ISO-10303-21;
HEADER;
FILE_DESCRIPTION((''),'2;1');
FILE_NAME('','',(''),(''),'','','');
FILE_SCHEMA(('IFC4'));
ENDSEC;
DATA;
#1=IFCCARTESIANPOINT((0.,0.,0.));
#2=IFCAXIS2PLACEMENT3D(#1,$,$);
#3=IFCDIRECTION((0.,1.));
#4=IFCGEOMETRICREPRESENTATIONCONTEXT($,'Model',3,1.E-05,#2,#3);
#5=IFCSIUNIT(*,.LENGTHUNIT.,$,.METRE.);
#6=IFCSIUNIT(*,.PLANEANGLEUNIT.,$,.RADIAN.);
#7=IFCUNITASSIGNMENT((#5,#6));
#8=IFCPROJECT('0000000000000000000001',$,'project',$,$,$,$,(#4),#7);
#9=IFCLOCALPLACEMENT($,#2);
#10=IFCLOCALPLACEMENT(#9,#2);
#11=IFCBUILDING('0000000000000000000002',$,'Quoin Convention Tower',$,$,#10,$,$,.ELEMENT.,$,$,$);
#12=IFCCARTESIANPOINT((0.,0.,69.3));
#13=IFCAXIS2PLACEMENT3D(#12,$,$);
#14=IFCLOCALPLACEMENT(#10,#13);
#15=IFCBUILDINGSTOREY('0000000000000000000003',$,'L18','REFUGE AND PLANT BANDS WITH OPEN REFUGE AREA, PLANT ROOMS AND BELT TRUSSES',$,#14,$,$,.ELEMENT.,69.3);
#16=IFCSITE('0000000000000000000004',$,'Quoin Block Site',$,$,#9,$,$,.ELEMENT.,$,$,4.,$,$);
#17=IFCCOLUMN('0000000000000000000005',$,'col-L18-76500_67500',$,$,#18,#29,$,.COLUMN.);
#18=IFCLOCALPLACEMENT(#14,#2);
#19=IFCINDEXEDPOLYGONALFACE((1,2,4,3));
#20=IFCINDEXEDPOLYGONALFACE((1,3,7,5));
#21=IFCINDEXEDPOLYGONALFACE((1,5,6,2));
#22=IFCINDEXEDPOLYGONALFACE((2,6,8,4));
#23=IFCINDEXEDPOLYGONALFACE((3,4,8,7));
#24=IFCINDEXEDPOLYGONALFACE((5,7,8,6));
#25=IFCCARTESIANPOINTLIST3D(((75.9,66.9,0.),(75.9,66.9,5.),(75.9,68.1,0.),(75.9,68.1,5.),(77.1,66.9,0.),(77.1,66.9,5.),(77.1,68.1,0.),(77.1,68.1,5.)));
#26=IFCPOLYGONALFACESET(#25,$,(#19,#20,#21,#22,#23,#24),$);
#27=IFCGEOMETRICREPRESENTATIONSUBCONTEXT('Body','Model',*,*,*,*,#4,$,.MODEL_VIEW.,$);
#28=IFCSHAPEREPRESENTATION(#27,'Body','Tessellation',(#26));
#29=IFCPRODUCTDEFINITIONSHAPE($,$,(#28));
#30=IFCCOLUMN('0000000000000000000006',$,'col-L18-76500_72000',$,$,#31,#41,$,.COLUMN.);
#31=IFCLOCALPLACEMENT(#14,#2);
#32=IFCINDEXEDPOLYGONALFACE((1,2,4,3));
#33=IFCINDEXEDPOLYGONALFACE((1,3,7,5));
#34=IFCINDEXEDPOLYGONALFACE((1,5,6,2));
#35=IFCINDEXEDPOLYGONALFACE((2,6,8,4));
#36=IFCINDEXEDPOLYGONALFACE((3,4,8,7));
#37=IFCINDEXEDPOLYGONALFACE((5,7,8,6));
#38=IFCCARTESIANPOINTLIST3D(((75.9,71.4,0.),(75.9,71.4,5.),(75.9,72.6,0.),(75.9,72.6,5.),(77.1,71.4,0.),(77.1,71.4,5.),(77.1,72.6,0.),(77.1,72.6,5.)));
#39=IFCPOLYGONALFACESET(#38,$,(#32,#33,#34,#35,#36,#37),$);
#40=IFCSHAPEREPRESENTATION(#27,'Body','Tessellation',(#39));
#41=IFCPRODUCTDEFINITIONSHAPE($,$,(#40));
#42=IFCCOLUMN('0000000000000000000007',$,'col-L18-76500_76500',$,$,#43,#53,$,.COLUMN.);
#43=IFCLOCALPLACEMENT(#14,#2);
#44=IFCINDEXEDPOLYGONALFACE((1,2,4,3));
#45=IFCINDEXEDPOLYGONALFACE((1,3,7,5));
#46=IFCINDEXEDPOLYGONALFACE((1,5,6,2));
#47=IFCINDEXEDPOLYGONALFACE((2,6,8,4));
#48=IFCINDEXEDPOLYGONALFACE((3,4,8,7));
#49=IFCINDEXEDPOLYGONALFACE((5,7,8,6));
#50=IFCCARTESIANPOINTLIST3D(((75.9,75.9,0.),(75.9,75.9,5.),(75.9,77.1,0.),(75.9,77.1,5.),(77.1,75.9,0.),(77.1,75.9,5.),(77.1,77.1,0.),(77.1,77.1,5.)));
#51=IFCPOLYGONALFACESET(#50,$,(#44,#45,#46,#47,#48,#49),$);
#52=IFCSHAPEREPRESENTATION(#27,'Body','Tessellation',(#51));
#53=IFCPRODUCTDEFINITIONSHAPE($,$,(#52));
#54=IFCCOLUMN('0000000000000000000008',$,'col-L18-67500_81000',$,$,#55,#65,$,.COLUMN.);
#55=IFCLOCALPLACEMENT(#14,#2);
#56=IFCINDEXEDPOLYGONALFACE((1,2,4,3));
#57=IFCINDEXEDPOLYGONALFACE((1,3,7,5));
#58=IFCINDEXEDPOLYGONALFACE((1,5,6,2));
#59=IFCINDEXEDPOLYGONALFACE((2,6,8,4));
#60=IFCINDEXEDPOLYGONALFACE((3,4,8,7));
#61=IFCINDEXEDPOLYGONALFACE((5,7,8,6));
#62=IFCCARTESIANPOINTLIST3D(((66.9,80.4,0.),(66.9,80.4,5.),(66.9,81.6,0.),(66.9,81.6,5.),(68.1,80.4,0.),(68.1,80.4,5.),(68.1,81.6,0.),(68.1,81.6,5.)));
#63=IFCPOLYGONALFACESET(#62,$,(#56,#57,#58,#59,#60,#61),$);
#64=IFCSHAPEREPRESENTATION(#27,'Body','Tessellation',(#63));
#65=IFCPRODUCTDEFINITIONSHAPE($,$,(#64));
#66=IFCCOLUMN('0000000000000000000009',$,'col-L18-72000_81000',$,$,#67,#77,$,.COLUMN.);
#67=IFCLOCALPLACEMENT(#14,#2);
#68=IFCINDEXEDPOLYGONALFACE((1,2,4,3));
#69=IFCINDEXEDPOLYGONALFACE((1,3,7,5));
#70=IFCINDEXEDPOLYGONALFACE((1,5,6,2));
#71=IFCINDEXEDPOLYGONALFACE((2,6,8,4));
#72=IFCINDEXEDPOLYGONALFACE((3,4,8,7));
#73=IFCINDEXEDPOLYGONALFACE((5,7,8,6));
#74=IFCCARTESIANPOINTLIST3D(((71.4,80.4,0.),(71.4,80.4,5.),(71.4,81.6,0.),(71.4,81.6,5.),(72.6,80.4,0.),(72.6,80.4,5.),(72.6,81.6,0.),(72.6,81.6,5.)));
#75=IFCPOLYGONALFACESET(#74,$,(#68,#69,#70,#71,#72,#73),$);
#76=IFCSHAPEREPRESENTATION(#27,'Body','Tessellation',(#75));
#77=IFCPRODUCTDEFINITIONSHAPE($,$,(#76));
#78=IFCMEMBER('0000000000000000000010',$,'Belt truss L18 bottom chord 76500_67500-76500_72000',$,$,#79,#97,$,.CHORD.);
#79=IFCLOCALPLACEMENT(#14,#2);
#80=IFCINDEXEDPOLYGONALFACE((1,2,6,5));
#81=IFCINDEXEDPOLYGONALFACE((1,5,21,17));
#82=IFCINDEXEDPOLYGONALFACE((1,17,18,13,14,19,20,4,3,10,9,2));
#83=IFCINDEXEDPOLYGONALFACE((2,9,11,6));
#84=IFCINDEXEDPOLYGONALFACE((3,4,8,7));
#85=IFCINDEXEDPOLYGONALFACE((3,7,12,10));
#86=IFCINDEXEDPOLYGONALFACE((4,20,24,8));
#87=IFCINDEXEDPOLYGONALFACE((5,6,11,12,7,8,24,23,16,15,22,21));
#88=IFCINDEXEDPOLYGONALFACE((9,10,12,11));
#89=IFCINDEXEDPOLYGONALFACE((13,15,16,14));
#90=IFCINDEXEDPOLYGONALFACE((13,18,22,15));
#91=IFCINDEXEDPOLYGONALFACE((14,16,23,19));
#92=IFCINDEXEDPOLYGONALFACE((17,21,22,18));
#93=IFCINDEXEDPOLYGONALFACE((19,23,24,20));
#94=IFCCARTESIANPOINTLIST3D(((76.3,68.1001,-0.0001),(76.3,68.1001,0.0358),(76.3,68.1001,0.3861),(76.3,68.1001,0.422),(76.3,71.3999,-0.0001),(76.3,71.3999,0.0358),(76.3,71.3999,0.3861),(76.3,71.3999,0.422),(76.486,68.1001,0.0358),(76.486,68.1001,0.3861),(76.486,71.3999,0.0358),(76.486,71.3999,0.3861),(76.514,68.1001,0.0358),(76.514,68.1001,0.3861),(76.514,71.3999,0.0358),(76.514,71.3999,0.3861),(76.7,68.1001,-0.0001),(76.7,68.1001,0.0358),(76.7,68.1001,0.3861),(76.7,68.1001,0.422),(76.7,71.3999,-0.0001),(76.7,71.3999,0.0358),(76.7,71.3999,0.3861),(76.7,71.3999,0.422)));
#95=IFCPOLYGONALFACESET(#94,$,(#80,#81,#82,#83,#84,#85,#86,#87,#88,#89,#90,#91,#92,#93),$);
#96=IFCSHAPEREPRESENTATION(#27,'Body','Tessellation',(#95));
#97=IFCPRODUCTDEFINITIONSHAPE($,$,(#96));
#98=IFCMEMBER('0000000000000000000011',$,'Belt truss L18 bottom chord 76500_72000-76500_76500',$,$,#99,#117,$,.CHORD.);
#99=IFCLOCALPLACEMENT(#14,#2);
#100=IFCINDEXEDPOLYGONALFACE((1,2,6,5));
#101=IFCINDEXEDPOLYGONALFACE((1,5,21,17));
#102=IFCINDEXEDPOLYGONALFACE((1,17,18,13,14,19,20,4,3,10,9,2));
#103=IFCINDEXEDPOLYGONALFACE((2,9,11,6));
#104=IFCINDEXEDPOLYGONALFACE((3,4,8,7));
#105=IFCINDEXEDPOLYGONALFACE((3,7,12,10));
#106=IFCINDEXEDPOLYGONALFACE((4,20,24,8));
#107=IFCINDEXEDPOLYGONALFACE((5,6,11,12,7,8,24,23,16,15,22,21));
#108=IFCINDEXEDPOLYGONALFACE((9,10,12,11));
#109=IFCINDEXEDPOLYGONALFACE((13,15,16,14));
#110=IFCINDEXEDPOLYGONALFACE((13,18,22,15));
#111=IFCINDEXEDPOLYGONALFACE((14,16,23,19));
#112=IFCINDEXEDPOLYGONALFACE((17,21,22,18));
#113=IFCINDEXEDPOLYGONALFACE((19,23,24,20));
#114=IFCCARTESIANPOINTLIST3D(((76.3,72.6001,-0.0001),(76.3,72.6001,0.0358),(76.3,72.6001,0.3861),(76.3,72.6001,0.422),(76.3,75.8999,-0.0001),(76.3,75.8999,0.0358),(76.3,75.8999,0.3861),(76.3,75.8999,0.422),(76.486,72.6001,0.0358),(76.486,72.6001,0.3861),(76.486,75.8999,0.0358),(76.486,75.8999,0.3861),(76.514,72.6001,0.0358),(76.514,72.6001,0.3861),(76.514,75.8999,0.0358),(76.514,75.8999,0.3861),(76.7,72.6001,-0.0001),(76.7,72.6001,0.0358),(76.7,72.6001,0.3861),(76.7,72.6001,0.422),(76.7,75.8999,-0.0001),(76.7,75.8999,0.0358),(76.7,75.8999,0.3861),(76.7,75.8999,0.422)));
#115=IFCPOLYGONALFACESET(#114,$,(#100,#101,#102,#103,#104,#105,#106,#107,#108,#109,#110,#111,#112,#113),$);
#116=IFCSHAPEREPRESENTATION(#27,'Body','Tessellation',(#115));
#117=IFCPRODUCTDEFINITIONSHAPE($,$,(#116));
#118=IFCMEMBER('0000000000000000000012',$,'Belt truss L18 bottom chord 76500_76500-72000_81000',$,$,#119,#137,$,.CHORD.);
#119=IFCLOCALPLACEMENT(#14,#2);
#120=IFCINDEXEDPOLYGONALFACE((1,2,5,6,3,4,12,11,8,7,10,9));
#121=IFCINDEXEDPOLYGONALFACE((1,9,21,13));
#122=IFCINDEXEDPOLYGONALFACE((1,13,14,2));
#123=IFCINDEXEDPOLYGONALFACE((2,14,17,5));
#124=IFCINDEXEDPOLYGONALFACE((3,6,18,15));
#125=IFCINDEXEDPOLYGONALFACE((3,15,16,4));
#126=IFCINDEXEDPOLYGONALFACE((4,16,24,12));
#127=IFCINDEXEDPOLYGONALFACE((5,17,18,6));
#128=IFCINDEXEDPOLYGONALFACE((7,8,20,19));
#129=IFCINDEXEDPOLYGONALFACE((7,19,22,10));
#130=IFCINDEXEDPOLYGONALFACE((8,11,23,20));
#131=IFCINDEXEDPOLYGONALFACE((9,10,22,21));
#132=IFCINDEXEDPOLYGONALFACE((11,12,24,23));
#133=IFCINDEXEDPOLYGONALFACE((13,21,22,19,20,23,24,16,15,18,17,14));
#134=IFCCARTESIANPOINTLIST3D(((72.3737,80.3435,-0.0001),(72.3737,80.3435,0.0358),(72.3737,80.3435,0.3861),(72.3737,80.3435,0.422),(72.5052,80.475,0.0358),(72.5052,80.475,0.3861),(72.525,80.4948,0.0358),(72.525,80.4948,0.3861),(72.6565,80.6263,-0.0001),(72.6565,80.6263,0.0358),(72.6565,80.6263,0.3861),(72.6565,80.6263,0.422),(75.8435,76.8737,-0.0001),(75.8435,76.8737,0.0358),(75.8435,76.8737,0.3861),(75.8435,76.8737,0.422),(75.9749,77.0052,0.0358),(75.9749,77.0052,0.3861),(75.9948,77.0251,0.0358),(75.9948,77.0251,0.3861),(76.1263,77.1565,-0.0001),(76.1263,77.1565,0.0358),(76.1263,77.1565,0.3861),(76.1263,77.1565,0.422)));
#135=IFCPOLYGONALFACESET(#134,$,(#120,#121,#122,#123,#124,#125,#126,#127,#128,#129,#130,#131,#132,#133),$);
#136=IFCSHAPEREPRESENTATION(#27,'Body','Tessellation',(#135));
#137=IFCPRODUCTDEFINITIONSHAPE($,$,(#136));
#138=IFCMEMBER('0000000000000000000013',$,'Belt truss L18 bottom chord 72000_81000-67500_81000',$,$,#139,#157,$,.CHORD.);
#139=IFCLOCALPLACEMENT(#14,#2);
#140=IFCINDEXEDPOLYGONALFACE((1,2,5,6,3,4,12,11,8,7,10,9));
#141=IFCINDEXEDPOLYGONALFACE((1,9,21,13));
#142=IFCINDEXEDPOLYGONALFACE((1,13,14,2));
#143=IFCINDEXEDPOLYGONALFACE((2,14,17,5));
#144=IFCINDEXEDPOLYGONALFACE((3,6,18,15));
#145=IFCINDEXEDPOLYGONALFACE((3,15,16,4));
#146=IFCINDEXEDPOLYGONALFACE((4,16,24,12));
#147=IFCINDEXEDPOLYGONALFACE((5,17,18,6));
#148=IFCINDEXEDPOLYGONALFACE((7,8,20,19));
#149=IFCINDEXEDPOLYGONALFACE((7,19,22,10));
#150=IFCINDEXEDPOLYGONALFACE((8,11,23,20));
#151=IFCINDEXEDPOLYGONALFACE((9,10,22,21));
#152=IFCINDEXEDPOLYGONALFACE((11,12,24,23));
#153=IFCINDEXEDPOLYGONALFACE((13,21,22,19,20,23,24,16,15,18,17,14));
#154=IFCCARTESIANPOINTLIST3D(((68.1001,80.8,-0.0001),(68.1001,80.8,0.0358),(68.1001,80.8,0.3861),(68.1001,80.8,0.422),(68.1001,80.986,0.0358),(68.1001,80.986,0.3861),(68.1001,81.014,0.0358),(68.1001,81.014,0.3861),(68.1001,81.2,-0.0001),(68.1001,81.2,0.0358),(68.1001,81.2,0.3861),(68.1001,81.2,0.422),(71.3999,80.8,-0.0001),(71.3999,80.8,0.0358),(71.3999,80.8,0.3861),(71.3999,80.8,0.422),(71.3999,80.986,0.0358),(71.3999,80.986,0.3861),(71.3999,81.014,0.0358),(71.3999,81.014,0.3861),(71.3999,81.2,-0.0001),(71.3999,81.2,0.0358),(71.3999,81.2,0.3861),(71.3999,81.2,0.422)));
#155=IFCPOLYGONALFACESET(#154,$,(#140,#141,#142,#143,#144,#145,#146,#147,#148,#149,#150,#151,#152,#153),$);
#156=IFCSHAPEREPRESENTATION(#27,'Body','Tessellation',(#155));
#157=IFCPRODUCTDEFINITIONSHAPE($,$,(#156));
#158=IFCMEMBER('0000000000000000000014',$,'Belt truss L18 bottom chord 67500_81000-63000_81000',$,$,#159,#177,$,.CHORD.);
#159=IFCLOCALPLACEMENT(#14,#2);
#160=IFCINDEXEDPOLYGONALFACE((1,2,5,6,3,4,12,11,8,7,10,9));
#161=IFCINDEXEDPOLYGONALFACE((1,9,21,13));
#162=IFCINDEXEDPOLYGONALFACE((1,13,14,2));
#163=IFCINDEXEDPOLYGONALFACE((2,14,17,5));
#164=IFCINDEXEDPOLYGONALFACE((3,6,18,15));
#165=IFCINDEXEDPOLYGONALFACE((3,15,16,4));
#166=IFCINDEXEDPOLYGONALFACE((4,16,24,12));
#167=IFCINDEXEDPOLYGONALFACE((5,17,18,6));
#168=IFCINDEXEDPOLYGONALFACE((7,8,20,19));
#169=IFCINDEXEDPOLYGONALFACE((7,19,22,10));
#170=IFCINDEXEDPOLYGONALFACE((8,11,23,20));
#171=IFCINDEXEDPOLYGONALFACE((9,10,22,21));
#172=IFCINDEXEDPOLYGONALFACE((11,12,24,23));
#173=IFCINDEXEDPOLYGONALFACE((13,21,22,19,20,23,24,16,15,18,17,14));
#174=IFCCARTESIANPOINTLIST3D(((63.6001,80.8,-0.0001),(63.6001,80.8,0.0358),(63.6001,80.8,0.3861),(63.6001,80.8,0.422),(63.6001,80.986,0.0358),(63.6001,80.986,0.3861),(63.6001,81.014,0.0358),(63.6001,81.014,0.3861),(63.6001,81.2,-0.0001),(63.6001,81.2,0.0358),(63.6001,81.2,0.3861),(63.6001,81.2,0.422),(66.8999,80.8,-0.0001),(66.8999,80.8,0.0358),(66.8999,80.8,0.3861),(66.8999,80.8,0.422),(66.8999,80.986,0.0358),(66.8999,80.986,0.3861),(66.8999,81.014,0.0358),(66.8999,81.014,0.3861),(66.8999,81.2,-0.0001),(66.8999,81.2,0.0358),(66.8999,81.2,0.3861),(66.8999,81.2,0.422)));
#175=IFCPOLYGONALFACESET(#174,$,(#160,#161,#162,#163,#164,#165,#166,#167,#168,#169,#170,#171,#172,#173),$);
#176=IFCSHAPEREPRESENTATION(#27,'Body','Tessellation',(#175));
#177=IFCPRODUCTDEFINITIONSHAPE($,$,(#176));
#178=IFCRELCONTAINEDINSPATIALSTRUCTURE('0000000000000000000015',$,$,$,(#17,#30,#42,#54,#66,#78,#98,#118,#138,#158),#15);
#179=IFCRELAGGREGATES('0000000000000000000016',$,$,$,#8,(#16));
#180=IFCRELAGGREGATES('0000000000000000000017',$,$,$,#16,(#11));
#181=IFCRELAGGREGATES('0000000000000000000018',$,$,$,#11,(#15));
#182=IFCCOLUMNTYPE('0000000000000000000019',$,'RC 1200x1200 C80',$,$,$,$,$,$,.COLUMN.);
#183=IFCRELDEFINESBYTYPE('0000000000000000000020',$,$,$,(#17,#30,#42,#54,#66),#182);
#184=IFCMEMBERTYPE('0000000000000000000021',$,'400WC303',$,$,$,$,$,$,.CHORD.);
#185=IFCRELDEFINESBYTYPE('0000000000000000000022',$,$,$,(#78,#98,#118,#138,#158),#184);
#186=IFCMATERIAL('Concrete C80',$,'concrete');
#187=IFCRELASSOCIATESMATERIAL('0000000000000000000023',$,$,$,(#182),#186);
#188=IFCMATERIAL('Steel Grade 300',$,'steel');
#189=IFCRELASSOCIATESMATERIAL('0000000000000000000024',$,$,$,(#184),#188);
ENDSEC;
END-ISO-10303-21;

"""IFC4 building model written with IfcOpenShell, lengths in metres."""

from ifc_helpers import new_model, si_unit, direction, frame, origin, origin_2d, place, context, subcontext, project, spatial, rectangle, i_section, extrude, material, material_profile, profile_set, type_object, element, save


model = new_model("IFC4")

# Units and contexts
model_context = context("Model", 3, precision=1e-05, world=origin(), true_north=direction((0.0, 1.0)))
body_context = subcontext(model_context, "Body", "Model", "MODEL_VIEW")
ifc_project = project(units=[si_unit("LENGTHUNIT", "METRE"), si_unit("PLANEANGLEUNIT", "RADIAN")], contexts=[model_context])

# Site, building, storey
site_placement = place(None, origin())
site = spatial("IfcSite", under=ifc_project, at=site_placement, Name="Quoin Block Site", CompositionType="ELEMENT", RefElevation=4.0)
building_placement = place(site_placement, origin())
building = spatial("IfcBuilding", under=site, at=building_placement, Name="Quoin Convention Tower", CompositionType="ELEMENT")
storey_placement = place(building_placement, frame((0.0, 0.0, 69.3)))
storey = spatial("IfcBuildingStorey", under=building, at=storey_placement, Name="L18", Description="REFUGE AND PLANT BANDS WITH OPEN REFUGE AREA, PLANT ROOMS AND BELT TRUSSES", CompositionType="ELEMENT", Elevation=69.3)

# Columns
ifc_material_1 = material(Name="Concrete C80", Category="concrete")
ifc_material_profile_1 = material_profile(ifc_material_1, rectangle(XDim=1.2, YDim=1.2, at=origin_2d()), Name="RC 1200x1200")
ifc_profile_set_1 = profile_set([ifc_material_profile_1], Name="Concrete C80")
column_type = type_object("IfcColumnType", Name="RC 1200x1200 C80", PredefinedType="COLUMN", material=ifc_profile_set_1)
for number, where, z_axis, x_axis, name in (
    (1, (76.5, 67.5, 0.0), (0.0, 0.0, 1.0), (1.0, 0.0, 0.0), "col-L18-76500_67500"),
    (2, (76.5, 72.0, 0.0), (0.0, 0.0, 1.0), (1.0, 0.0, 0.0), "col-L18-76500_72000"),
    (3, (76.5, 76.5, 0.0), (0.0, 0.0, 1.0), (1.0, 0.0, 0.0), "col-L18-76500_76500"),
    (4, (67.5, 81.0, 0.0), (0.0, 0.0, 1.0), (1.0, 0.0, 0.0), "col-L18-67500_81000"),
    (5, (72.0, 81.0, 0.0), (0.0, 0.0, 1.0), (1.0, 0.0, 0.0), "col-L18-72000_81000"),
):
    element("IfcColumn", number, at=place(storey_placement, frame(where, z_axis=z_axis, x_axis=x_axis)), inside=storey, type_object=column_type, Name=name, PredefinedType="COLUMN", context=body_context, shape_type="SweptSolid", body=[
        extrude(rectangle(XDim=1.2, YDim=1.2, at=origin_2d()), origin(), (0.0, 0.0, 1.0), 5.0),
    ])

# Members
ifc_material_2 = material(Name="Steel Grade 300", Category="steel")
ifc_material_profile_2 = material_profile(ifc_material_2, i_section(OverallWidth=0.3999, OverallDepth=0.4221, WebThickness=0.0281, FlangeThickness=0.0359, at=origin_2d()), Name="400WC303")
ifc_profile_set_2 = profile_set([ifc_material_profile_2], Name="Steel Grade 300")
member_type_1 = type_object("IfcMemberType", Name="400WC303", PredefinedType="CHORD", material=ifc_profile_set_2)
for number, where, z_axis, x_axis, name in (
    (6, (76.5, 68.1001, 0.2109), (0.0, 1.0, 0.0), (-1.0, 0.0, 0.0), "Belt truss L18 bottom chord 76500_67500-76500_72000"),
    (7, (76.5, 72.6001, 0.2109), (0.0, 1.0, 0.0), (-1.0, 0.0, 0.0), "Belt truss L18 bottom chord 76500_72000-76500_76500"),
):
    element("IfcMember", number, at=place(storey_placement, frame(where, z_axis=z_axis, x_axis=x_axis)), inside=storey, type_object=member_type_1, Name=name, PredefinedType="CHORD", context=body_context, shape_type="SweptSolid", body=[
        extrude(i_section(OverallWidth=0.3999, OverallDepth=0.4221, WebThickness=0.0281, FlangeThickness=0.0359, at=origin_2d()), origin(), (0.0, 0.0, 1.0), 3.2998),
    ])
member_1_placement = place(storey_placement, frame((75.9849, 77.0151, 0.2109), z_axis=(-0.707107, 0.707107, 0.0), x_axis=(-0.707107, -0.707107, 0.0)))
element("IfcMember", 8, at=member_1_placement, inside=storey, type_object=member_type_1, Name="Belt truss L18 bottom chord 76500_76500-72000_81000", PredefinedType="CHORD", context=body_context, shape_type="SweptSolid", body=[
    extrude(i_section(OverallWidth=0.3999, OverallDepth=0.4221, WebThickness=0.0281, FlangeThickness=0.0359, at=origin_2d()), origin(), (0.0, 0.0, 1.0), 4.907),
])
for number, where, z_axis, x_axis, name in (
    (9, (71.3999, 81.0, 0.2109), (-1.0, 0.0, 0.0), (0.0, -1.0, 0.0), "Belt truss L18 bottom chord 72000_81000-67500_81000"),
    (10, (66.8999, 81.0, 0.2109), (-1.0, 0.0, 0.0), (0.0, -1.0, 0.0), "Belt truss L18 bottom chord 67500_81000-63000_81000"),
):
    element("IfcMember", number, at=place(storey_placement, frame(where, z_axis=z_axis, x_axis=x_axis)), inside=storey, type_object=member_type_1, Name=name, PredefinedType="CHORD", context=body_context, shape_type="SweptSolid", body=[
        extrude(i_section(OverallWidth=0.3999, OverallDepth=0.4221, WebThickness=0.0281, FlangeThickness=0.0359, at=origin_2d()), origin(), (0.0, 0.0, 1.0), 3.2998),
    ])

save(model, "model.ifc")
